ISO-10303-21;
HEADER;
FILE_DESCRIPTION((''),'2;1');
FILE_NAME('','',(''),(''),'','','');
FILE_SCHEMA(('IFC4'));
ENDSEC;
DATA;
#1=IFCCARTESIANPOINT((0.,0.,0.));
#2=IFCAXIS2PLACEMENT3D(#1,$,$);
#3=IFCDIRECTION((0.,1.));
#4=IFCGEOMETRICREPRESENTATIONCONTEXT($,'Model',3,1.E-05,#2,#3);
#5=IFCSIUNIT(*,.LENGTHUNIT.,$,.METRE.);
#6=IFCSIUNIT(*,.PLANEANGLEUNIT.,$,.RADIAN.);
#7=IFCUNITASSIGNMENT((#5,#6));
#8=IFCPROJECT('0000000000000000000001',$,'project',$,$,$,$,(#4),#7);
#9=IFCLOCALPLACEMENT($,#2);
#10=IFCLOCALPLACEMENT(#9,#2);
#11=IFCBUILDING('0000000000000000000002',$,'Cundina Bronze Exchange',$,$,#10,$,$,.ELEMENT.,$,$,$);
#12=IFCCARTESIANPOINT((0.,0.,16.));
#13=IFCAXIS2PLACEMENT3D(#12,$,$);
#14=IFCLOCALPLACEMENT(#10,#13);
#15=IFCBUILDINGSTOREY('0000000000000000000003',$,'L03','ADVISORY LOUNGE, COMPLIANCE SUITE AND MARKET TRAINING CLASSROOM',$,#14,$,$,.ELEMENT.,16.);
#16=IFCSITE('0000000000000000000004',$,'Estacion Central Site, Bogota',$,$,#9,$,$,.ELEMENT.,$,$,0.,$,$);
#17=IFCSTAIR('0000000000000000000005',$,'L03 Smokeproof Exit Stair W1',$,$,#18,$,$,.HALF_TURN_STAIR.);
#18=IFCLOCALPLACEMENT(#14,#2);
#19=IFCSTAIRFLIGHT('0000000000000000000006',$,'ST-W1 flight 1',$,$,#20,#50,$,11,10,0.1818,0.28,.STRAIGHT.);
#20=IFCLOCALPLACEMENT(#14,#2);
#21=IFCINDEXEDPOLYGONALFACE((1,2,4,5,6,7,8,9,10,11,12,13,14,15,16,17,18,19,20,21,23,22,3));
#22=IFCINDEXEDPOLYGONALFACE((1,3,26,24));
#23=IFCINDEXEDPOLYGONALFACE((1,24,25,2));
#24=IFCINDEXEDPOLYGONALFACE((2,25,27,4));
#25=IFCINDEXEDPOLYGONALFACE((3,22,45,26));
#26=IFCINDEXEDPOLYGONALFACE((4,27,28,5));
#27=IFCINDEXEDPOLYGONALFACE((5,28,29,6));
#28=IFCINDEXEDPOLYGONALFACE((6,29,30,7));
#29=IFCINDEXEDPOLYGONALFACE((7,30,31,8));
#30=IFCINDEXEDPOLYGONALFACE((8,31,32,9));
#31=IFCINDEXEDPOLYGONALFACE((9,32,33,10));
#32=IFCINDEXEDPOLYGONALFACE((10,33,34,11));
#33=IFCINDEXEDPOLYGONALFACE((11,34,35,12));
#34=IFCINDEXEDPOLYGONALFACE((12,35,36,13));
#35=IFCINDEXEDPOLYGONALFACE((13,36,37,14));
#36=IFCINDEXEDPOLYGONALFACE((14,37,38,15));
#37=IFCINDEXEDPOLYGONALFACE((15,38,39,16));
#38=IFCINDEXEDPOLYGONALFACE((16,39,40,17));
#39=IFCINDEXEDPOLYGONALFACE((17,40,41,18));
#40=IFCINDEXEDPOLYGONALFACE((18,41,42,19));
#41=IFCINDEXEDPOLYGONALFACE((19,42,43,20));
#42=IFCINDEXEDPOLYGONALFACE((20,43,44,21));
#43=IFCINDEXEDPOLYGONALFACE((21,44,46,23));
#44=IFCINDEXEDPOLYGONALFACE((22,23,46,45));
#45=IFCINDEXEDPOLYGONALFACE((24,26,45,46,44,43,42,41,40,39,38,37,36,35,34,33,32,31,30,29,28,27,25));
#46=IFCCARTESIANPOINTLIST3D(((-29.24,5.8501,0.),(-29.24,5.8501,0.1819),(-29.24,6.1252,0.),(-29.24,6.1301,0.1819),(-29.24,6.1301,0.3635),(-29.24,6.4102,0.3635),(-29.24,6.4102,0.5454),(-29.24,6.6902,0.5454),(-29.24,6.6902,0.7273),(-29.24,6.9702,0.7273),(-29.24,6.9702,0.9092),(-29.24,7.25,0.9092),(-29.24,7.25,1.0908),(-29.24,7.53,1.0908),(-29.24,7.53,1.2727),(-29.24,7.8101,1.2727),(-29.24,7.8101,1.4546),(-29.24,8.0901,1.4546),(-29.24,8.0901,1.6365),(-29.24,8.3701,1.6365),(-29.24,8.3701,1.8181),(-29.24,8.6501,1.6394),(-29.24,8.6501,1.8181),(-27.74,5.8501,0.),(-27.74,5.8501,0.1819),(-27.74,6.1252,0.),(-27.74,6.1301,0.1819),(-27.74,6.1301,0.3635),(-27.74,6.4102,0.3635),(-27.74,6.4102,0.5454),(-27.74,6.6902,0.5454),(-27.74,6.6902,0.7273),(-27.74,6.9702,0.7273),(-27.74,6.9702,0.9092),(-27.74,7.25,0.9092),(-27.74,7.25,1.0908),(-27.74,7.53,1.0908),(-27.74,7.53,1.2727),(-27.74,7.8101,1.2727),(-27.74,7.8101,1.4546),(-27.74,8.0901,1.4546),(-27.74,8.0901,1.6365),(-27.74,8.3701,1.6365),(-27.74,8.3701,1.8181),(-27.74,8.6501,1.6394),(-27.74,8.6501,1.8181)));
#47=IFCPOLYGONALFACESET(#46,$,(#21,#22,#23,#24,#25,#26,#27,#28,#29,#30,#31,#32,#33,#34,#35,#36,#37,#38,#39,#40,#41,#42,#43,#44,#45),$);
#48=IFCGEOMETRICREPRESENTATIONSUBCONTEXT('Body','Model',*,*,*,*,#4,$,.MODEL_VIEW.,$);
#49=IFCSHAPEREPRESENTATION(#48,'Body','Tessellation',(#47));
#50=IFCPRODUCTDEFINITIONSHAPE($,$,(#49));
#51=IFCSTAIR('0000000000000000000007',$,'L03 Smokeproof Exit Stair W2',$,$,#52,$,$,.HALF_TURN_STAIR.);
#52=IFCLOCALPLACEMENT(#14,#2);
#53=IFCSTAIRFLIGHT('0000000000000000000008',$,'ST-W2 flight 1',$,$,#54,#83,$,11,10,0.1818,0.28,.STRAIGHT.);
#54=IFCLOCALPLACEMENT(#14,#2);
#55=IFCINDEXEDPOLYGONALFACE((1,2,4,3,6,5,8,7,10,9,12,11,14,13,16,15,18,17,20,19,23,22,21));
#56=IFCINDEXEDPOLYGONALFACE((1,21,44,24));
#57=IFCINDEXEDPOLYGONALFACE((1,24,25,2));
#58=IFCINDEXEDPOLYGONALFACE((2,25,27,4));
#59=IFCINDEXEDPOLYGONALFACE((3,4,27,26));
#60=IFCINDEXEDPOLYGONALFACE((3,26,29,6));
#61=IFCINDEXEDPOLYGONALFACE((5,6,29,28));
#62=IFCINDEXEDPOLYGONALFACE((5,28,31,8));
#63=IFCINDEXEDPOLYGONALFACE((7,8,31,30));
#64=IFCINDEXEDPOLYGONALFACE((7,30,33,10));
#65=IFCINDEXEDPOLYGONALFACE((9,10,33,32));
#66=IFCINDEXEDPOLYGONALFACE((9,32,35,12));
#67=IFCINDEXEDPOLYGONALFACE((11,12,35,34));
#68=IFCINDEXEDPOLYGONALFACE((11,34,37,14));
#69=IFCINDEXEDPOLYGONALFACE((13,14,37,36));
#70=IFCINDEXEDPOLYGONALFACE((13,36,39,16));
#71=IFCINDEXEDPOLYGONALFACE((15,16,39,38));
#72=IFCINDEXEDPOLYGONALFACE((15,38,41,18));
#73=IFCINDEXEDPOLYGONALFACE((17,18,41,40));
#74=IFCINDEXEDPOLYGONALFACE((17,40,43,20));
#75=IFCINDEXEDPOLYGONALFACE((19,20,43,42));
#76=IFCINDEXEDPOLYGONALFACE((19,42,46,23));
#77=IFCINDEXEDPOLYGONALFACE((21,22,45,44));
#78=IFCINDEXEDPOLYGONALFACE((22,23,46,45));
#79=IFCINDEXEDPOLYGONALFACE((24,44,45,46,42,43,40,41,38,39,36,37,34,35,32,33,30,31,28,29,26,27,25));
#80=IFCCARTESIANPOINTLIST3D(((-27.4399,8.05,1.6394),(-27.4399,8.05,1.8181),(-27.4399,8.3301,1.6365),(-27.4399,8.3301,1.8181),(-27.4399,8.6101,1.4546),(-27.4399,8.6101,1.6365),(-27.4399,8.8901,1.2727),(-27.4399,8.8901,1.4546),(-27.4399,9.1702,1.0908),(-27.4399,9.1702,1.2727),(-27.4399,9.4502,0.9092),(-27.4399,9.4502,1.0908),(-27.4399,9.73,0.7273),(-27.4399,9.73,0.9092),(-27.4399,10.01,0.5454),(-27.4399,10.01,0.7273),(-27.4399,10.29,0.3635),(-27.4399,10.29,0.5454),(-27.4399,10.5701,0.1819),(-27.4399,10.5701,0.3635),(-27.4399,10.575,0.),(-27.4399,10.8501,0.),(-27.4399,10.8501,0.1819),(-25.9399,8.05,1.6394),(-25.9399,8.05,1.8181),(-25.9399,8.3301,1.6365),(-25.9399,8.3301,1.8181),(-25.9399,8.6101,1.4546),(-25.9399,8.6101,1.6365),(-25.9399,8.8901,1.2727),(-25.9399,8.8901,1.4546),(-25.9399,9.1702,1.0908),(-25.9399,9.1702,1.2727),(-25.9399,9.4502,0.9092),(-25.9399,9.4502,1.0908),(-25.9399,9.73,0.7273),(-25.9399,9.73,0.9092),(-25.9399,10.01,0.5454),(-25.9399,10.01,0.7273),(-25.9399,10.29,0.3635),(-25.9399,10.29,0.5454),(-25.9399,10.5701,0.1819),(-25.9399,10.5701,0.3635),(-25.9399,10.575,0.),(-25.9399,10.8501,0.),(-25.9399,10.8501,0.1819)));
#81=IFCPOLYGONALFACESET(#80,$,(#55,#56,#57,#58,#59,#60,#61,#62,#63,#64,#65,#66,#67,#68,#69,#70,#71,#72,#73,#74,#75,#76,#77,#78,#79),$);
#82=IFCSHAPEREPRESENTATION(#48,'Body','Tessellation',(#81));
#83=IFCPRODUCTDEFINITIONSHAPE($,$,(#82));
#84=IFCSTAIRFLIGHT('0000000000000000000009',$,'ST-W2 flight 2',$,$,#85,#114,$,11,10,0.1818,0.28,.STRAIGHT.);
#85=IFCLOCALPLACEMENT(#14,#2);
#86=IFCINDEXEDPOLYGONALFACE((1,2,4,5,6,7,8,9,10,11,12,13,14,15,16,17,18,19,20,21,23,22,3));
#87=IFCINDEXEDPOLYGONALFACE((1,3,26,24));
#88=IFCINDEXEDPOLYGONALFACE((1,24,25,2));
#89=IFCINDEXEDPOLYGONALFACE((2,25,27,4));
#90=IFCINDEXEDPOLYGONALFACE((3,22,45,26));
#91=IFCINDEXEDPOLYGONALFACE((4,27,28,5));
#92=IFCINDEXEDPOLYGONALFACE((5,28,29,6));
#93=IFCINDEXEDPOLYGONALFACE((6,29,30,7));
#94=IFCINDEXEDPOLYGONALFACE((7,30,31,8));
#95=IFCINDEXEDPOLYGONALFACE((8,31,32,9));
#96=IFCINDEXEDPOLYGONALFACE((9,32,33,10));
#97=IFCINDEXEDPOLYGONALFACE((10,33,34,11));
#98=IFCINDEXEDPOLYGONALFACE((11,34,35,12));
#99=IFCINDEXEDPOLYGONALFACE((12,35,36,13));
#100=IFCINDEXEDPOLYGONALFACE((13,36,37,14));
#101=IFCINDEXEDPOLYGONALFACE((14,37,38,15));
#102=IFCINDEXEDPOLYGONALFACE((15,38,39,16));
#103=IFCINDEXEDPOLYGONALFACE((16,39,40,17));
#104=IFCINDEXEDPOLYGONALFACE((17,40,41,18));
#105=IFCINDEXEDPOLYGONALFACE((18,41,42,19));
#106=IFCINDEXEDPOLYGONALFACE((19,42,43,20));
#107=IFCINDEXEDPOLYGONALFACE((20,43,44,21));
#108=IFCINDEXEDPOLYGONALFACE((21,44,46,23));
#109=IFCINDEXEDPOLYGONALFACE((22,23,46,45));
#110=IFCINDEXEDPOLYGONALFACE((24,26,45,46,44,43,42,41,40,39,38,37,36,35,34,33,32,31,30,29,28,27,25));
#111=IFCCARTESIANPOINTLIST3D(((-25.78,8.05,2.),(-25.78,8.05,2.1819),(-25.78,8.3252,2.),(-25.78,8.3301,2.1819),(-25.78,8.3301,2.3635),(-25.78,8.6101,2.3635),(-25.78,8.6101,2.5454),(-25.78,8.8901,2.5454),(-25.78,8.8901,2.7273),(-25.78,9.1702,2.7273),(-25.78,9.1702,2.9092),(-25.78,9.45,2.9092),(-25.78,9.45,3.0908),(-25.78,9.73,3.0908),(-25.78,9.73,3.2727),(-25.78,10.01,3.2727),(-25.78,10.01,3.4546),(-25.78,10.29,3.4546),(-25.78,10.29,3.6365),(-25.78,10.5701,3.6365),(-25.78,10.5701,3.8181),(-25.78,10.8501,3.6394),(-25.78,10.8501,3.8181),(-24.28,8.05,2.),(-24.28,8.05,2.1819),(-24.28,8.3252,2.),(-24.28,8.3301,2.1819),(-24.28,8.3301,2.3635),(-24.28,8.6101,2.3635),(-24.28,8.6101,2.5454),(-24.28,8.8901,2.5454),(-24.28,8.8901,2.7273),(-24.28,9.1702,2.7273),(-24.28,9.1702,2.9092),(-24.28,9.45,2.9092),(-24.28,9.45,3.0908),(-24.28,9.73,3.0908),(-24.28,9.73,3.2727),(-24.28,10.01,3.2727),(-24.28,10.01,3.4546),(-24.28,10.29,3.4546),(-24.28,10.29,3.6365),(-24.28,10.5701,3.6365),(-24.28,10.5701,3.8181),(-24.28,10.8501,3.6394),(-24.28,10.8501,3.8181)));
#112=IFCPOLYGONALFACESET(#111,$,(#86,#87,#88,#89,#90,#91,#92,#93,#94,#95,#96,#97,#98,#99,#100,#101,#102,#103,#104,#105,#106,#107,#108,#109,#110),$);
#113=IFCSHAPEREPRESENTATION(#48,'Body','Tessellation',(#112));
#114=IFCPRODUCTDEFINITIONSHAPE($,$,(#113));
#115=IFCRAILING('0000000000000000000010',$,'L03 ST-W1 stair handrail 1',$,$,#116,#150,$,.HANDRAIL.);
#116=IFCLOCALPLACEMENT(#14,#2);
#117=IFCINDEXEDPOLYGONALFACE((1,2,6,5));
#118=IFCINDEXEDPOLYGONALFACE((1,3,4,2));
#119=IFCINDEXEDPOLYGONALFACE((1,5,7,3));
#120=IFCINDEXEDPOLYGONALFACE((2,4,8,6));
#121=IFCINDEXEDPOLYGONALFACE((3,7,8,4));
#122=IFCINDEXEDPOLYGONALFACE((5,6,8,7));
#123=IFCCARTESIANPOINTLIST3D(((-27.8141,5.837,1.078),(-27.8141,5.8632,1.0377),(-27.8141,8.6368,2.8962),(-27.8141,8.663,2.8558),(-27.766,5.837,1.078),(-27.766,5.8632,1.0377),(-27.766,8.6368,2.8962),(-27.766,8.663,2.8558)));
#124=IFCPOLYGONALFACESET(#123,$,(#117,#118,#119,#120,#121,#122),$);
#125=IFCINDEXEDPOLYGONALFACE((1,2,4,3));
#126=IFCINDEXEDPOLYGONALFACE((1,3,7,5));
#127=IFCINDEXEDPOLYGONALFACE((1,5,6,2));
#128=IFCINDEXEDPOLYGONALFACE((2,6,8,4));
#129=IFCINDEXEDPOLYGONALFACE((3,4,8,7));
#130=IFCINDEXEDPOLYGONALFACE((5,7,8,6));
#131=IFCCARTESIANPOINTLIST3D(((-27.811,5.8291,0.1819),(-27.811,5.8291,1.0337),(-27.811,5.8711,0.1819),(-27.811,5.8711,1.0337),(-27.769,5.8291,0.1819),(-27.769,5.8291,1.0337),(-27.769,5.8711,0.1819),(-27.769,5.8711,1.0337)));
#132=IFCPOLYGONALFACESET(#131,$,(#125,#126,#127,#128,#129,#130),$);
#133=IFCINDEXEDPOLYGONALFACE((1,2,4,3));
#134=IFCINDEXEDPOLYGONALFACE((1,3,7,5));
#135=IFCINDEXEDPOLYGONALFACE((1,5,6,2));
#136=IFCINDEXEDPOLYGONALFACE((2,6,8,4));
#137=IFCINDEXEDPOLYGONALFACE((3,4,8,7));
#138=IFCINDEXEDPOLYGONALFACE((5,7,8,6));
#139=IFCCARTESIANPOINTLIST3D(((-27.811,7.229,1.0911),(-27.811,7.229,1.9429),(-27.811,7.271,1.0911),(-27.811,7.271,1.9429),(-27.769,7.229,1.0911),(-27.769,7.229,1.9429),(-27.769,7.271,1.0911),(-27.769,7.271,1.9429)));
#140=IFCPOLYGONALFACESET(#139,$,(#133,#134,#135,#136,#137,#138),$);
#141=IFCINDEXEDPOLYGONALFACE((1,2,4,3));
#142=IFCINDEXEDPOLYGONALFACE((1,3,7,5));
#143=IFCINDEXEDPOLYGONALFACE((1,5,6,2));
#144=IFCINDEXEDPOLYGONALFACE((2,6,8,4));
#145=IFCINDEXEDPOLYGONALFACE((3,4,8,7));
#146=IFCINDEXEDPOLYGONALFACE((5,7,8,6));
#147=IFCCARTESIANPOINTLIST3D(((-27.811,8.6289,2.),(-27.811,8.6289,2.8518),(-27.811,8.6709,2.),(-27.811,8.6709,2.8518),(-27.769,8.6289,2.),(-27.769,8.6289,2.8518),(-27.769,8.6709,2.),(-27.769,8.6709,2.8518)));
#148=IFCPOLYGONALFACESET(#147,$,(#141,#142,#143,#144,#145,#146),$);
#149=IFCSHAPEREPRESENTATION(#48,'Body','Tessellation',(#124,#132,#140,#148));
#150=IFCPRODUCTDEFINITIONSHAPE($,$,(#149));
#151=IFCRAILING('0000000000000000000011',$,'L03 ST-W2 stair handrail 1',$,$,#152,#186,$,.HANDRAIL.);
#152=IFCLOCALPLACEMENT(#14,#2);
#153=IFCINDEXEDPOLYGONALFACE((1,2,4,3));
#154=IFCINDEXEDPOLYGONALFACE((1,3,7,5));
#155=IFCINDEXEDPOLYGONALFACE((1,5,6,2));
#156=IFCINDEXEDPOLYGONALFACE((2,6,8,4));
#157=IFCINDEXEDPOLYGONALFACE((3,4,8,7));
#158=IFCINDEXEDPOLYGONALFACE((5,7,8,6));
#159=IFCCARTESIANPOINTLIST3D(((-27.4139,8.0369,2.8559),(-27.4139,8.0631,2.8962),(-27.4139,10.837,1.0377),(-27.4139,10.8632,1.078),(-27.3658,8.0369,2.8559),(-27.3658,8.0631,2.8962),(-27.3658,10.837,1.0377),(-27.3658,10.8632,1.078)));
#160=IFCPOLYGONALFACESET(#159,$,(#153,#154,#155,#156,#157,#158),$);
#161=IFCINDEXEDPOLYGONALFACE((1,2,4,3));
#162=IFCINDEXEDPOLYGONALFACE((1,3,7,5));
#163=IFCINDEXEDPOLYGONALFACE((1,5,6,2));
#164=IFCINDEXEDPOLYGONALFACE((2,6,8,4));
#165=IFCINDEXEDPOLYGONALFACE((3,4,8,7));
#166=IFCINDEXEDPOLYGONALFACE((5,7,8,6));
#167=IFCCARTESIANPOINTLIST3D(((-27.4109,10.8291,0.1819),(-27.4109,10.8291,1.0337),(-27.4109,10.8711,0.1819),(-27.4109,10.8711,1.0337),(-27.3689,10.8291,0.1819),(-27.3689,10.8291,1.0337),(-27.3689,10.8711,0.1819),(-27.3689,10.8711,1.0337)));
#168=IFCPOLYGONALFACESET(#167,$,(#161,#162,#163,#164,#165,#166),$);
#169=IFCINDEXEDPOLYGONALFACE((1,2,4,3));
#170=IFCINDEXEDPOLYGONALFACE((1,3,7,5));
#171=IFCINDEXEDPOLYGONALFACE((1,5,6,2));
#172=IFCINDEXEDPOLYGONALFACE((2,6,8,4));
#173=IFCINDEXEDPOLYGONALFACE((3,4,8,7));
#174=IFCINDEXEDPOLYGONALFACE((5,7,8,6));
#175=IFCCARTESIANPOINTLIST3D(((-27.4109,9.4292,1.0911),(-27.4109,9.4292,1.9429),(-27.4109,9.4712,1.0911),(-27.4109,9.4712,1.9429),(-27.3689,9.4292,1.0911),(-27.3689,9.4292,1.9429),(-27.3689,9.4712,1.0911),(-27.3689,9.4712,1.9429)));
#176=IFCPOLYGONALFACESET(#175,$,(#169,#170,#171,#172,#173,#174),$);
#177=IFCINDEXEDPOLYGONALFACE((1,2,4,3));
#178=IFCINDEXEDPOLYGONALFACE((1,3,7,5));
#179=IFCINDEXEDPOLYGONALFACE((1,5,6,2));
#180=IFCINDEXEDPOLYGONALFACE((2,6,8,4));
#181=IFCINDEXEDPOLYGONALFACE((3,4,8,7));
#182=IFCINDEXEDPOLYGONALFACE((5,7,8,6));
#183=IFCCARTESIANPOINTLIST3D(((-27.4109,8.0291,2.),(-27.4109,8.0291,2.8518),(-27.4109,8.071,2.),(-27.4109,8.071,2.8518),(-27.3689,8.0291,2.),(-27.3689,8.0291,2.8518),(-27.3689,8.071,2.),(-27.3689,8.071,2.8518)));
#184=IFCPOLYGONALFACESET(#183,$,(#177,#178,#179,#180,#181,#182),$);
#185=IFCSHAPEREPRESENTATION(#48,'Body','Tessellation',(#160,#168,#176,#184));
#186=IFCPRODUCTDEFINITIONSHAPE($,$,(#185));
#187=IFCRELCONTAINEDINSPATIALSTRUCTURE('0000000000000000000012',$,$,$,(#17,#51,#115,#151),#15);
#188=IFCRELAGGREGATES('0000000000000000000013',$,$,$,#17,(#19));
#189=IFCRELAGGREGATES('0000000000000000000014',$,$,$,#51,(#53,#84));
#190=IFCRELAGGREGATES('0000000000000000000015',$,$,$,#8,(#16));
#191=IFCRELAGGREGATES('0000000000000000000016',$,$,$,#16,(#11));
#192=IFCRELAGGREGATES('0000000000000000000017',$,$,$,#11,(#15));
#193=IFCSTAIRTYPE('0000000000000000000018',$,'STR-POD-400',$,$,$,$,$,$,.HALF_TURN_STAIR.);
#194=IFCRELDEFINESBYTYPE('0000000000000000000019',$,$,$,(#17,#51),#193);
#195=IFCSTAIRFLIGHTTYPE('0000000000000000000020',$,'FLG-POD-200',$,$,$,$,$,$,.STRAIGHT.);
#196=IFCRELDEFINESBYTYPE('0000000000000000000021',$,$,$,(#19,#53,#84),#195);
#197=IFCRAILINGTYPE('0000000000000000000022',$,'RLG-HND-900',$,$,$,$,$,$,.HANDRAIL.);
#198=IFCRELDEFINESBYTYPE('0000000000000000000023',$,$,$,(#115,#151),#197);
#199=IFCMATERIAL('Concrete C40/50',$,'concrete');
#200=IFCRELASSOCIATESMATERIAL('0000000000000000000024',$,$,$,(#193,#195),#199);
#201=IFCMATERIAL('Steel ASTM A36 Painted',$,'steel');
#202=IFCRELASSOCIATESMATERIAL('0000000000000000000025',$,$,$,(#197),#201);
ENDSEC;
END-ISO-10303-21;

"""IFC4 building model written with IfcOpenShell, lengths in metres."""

from ifc_helpers import new_model, si_unit, direction, frame, origin, origin_2d, place, context, subcontext, project, spatial, polyline, rectangle, outline, extrude, material, type_object, element, aggregate, save


model = new_model("IFC4")

# Units and contexts
model_context = context("Model", 3, precision=1e-05, world=origin(), true_north=direction((0.0, 1.0)))
body_context = subcontext(model_context, "Body", "Model", "MODEL_VIEW")
ifc_project = project(units=[si_unit("LENGTHUNIT", "METRE"), si_unit("PLANEANGLEUNIT", "RADIAN")], contexts=[model_context])

# Site, building, storey
site_placement = place(None, origin())
site = spatial("IfcSite", under=ifc_project, at=site_placement, Name="Estacion Central Site, Bogota", CompositionType="ELEMENT", RefElevation=0.0)
building_placement = place(site_placement, origin())
building = spatial("IfcBuilding", under=site, at=building_placement, Name="Cundina Bronze Exchange", CompositionType="ELEMENT")
storey_placement = place(building_placement, frame((0.0, 0.0, 16.0)))
storey = spatial("IfcBuildingStorey", under=building, at=storey_placement, Name="L03", Description="ADVISORY LOUNGE, COMPLIANCE SUITE AND MARKET TRAINING CLASSROOM", CompositionType="ELEMENT", Elevation=16.0)

# Shared definitions
ifc_material_1 = material(Name="Concrete C40/50", Category="concrete")

# Shared definitions
ifc_material_2 = material(Name="Steel ASTM A36 Painted", Category="steel")

# Stair, stair flight
stair_type = type_object("IfcStairType", Name="STR-POD-400", PredefinedType="HALF_TURN_STAIR", material=ifc_material_1)
stair_1_placement = place(storey_placement, origin())
stair_1 = element("IfcStair", 1, at=stair_1_placement, inside=storey, type_object=stair_type, Name="L03 Smokeproof Exit Stair W1", PredefinedType="HALF_TURN_STAIR")
stair_flight_type = type_object("IfcStairFlightType", Name="FLG-POD-200", PredefinedType="STRAIGHT", material=ifc_material_1)
stair_flight_1_placement = place(storey_placement, frame((-28.49, 5.8501, 0.0), z_axis=(0.0, 0.0, 1.0), x_axis=(0.0, 1.0, 0.0)))
stair_flight_1 = element("IfcStairFlight", 2, at=stair_flight_1_placement, type_object=stair_flight_type, Name="ST-W1 flight 1", NumberOfRisers=11, NumberOfTreads=10, PredefinedType="STRAIGHT", RiserHeight=0.1818, TreadLength=0.28, context=body_context, shape_type="SweptSolid", body=[
    extrude(outline(polyline([(0.0, 0.0), (0.0, 0.1819), (0.28, 0.1819), (0.28, 0.3635), (0.5601, 0.3635), (0.5601, 0.5454), (0.8401, 0.5454), (0.8401, 0.7273), (1.1201, 0.7273), (1.1201, 0.9092), (1.3999, 0.9092), (1.3999, 1.0908), (1.6799, 1.0908), (1.6799, 1.2727), (1.96, 1.2727), (1.96, 1.4546), (2.24, 1.4546), (2.24, 1.6365), (2.52, 1.6365), (2.52, 1.8181), (2.8, 1.8181), (2.8, 2.0), (2.8, 1.6394), (0.2751, 0.0), (0.0, 0.0)])), frame((0.0, 0.75, 0.0), z_axis=(0.0, -1.0, 0.0), x_axis=(1.0, 0.0, 0.0)), (0.0, 0.0, 1.0), 1.5),
])
aggregate(stair_1, [stair_flight_1])

# Stair, stair flights
stair_2_placement = place(storey_placement, origin())
stair_2 = element("IfcStair", 3, at=stair_2_placement, inside=storey, type_object=stair_type, Name="L03 Smokeproof Exit Stair W2", PredefinedType="HALF_TURN_STAIR")
stair_flight_2_placement = place(storey_placement, frame((-26.6899, 10.8501, 0.0), z_axis=(0.0, 0.0, 1.0), x_axis=(0.0, -1.0, 0.0)))
stair_flight_2 = element("IfcStairFlight", 4, at=stair_flight_2_placement, type_object=stair_flight_type, Name="ST-W2 flight 1", NumberOfRisers=11, NumberOfTreads=10, PredefinedType="STRAIGHT", RiserHeight=0.1818, TreadLength=0.28, context=body_context, shape_type="SweptSolid", body=[
    extrude(outline(polyline([(0.0, 0.0), (0.0, 0.1819), (0.28, 0.1819), (0.28, 0.3635), (0.5601, 0.3635), (0.5601, 0.5454), (0.8401, 0.5454), (0.8401, 0.7273), (1.1201, 0.7273), (1.1201, 0.9092), (1.3999, 0.9092), (1.3999, 1.0908), (1.6799, 1.0908), (1.6799, 1.2727), (1.96, 1.2727), (1.96, 1.4546), (2.24, 1.4546), (2.24, 1.6365), (2.52, 1.6365), (2.52, 1.8181), (2.8, 1.8181), (2.8, 2.0), (2.8, 1.6394), (0.2751, 0.0), (0.0, 0.0)])), frame((0.0, 0.75, 0.0), z_axis=(0.0, -1.0, 0.0), x_axis=(1.0, 0.0, 0.0)), (0.0, 0.0, 1.0), 1.5),
])
stair_flight_3_placement = place(storey_placement, frame((-25.03, 8.05, 2.0), z_axis=(0.0, 0.0, 1.0), x_axis=(0.0, 1.0, 0.0)))
stair_flight_3 = element("IfcStairFlight", 5, at=stair_flight_3_placement, type_object=stair_flight_type, Name="ST-W2 flight 2", NumberOfRisers=11, NumberOfTreads=10, PredefinedType="STRAIGHT", RiserHeight=0.1818, TreadLength=0.28, context=body_context, shape_type="SweptSolid", body=[
    extrude(outline(polyline([(0.0, 0.0), (0.0, 0.1819), (0.28, 0.1819), (0.28, 0.3635), (0.5601, 0.3635), (0.5601, 0.5454), (0.8401, 0.5454), (0.8401, 0.7273), (1.1201, 0.7273), (1.1201, 0.9092), (1.3999, 0.9092), (1.3999, 1.0908), (1.6799, 1.0908), (1.6799, 1.2727), (1.96, 1.2727), (1.96, 1.4546), (2.24, 1.4546), (2.24, 1.6365), (2.52, 1.6365), (2.52, 1.8181), (2.8, 1.8181), (2.8, 2.0), (2.8, 1.6394), (0.2751, 0.0), (0.0, 0.0)])), frame((0.0, 0.75, 0.0), z_axis=(0.0, -1.0, 0.0), x_axis=(1.0, 0.0, 0.0)), (0.0, 0.0, 1.0), 1.5),
])
aggregate(stair_2, [stair_flight_2, stair_flight_3])

# Railings
railing_type_1 = type_object("IfcRailingType", Name="RLG-HND-900", PredefinedType="HANDRAIL", material=ifc_material_2)
railing_1_placement = place(storey_placement, frame((-27.79, 5.8501, 0.1819)))
element("IfcRailing", 6, at=railing_1_placement, inside=storey, type_object=railing_type_1, Name="L03 ST-W1 stair handrail 1", PredefinedType="HANDRAIL", context=body_context, shape_type="SweptSolid", body=[
    extrude(rectangle(XDim=0.0481, YDim=0.0481, at=origin_2d()), frame((0.0, 0.0, 0.876), z_axis=(0.0, 0.838684, 0.544618), x_axis=(-1.0, 0.0, 0.0)), (0.0, 0.0, 1.0), 3.3384),
    extrude(rectangle(XDim=0.042, YDim=0.042, at=origin_2d()), origin(), (0.0, 0.0, 1.0), 0.8518),
    extrude(rectangle(XDim=0.042, YDim=0.042, at=origin_2d()), frame((0.0, 1.3999, 0.9092)), (0.0, 0.0, 1.0), 0.8518),
    extrude(rectangle(XDim=0.042, YDim=0.042, at=origin_2d()), frame((0.0, 2.7998, 1.8181)), (0.0, 0.0, 1.0), 0.8518),
])
railing_2_placement = place(storey_placement, frame((-27.3899, 10.8501, 0.1819)))
element("IfcRailing", 7, at=railing_2_placement, inside=storey, type_object=railing_type_1, Name="L03 ST-W2 stair handrail 1", PredefinedType="HANDRAIL", context=body_context, shape_type="SweptSolid", body=[
    extrude(rectangle(XDim=0.0481, YDim=0.0481, at=origin_2d()), frame((0.0, 0.0, 0.876), z_axis=(0.0, -0.838706, 0.544585), x_axis=(1.0, 0.0, 0.0)), (0.0, 0.0, 1.0), 3.3386),
    extrude(rectangle(XDim=0.042, YDim=0.042, at=origin_2d()), origin(), (0.0, 0.0, 1.0), 0.8518),
    extrude(rectangle(XDim=0.042, YDim=0.042, at=origin_2d()), frame((0.0, -1.3999, 0.9092)), (0.0, 0.0, 1.0), 0.8518),
    extrude(rectangle(XDim=0.042, YDim=0.042, at=origin_2d()), frame((0.0, -2.8, 1.8181)), (0.0, 0.0, 1.0), 0.8518),
])

save(model, "model.ifc")
